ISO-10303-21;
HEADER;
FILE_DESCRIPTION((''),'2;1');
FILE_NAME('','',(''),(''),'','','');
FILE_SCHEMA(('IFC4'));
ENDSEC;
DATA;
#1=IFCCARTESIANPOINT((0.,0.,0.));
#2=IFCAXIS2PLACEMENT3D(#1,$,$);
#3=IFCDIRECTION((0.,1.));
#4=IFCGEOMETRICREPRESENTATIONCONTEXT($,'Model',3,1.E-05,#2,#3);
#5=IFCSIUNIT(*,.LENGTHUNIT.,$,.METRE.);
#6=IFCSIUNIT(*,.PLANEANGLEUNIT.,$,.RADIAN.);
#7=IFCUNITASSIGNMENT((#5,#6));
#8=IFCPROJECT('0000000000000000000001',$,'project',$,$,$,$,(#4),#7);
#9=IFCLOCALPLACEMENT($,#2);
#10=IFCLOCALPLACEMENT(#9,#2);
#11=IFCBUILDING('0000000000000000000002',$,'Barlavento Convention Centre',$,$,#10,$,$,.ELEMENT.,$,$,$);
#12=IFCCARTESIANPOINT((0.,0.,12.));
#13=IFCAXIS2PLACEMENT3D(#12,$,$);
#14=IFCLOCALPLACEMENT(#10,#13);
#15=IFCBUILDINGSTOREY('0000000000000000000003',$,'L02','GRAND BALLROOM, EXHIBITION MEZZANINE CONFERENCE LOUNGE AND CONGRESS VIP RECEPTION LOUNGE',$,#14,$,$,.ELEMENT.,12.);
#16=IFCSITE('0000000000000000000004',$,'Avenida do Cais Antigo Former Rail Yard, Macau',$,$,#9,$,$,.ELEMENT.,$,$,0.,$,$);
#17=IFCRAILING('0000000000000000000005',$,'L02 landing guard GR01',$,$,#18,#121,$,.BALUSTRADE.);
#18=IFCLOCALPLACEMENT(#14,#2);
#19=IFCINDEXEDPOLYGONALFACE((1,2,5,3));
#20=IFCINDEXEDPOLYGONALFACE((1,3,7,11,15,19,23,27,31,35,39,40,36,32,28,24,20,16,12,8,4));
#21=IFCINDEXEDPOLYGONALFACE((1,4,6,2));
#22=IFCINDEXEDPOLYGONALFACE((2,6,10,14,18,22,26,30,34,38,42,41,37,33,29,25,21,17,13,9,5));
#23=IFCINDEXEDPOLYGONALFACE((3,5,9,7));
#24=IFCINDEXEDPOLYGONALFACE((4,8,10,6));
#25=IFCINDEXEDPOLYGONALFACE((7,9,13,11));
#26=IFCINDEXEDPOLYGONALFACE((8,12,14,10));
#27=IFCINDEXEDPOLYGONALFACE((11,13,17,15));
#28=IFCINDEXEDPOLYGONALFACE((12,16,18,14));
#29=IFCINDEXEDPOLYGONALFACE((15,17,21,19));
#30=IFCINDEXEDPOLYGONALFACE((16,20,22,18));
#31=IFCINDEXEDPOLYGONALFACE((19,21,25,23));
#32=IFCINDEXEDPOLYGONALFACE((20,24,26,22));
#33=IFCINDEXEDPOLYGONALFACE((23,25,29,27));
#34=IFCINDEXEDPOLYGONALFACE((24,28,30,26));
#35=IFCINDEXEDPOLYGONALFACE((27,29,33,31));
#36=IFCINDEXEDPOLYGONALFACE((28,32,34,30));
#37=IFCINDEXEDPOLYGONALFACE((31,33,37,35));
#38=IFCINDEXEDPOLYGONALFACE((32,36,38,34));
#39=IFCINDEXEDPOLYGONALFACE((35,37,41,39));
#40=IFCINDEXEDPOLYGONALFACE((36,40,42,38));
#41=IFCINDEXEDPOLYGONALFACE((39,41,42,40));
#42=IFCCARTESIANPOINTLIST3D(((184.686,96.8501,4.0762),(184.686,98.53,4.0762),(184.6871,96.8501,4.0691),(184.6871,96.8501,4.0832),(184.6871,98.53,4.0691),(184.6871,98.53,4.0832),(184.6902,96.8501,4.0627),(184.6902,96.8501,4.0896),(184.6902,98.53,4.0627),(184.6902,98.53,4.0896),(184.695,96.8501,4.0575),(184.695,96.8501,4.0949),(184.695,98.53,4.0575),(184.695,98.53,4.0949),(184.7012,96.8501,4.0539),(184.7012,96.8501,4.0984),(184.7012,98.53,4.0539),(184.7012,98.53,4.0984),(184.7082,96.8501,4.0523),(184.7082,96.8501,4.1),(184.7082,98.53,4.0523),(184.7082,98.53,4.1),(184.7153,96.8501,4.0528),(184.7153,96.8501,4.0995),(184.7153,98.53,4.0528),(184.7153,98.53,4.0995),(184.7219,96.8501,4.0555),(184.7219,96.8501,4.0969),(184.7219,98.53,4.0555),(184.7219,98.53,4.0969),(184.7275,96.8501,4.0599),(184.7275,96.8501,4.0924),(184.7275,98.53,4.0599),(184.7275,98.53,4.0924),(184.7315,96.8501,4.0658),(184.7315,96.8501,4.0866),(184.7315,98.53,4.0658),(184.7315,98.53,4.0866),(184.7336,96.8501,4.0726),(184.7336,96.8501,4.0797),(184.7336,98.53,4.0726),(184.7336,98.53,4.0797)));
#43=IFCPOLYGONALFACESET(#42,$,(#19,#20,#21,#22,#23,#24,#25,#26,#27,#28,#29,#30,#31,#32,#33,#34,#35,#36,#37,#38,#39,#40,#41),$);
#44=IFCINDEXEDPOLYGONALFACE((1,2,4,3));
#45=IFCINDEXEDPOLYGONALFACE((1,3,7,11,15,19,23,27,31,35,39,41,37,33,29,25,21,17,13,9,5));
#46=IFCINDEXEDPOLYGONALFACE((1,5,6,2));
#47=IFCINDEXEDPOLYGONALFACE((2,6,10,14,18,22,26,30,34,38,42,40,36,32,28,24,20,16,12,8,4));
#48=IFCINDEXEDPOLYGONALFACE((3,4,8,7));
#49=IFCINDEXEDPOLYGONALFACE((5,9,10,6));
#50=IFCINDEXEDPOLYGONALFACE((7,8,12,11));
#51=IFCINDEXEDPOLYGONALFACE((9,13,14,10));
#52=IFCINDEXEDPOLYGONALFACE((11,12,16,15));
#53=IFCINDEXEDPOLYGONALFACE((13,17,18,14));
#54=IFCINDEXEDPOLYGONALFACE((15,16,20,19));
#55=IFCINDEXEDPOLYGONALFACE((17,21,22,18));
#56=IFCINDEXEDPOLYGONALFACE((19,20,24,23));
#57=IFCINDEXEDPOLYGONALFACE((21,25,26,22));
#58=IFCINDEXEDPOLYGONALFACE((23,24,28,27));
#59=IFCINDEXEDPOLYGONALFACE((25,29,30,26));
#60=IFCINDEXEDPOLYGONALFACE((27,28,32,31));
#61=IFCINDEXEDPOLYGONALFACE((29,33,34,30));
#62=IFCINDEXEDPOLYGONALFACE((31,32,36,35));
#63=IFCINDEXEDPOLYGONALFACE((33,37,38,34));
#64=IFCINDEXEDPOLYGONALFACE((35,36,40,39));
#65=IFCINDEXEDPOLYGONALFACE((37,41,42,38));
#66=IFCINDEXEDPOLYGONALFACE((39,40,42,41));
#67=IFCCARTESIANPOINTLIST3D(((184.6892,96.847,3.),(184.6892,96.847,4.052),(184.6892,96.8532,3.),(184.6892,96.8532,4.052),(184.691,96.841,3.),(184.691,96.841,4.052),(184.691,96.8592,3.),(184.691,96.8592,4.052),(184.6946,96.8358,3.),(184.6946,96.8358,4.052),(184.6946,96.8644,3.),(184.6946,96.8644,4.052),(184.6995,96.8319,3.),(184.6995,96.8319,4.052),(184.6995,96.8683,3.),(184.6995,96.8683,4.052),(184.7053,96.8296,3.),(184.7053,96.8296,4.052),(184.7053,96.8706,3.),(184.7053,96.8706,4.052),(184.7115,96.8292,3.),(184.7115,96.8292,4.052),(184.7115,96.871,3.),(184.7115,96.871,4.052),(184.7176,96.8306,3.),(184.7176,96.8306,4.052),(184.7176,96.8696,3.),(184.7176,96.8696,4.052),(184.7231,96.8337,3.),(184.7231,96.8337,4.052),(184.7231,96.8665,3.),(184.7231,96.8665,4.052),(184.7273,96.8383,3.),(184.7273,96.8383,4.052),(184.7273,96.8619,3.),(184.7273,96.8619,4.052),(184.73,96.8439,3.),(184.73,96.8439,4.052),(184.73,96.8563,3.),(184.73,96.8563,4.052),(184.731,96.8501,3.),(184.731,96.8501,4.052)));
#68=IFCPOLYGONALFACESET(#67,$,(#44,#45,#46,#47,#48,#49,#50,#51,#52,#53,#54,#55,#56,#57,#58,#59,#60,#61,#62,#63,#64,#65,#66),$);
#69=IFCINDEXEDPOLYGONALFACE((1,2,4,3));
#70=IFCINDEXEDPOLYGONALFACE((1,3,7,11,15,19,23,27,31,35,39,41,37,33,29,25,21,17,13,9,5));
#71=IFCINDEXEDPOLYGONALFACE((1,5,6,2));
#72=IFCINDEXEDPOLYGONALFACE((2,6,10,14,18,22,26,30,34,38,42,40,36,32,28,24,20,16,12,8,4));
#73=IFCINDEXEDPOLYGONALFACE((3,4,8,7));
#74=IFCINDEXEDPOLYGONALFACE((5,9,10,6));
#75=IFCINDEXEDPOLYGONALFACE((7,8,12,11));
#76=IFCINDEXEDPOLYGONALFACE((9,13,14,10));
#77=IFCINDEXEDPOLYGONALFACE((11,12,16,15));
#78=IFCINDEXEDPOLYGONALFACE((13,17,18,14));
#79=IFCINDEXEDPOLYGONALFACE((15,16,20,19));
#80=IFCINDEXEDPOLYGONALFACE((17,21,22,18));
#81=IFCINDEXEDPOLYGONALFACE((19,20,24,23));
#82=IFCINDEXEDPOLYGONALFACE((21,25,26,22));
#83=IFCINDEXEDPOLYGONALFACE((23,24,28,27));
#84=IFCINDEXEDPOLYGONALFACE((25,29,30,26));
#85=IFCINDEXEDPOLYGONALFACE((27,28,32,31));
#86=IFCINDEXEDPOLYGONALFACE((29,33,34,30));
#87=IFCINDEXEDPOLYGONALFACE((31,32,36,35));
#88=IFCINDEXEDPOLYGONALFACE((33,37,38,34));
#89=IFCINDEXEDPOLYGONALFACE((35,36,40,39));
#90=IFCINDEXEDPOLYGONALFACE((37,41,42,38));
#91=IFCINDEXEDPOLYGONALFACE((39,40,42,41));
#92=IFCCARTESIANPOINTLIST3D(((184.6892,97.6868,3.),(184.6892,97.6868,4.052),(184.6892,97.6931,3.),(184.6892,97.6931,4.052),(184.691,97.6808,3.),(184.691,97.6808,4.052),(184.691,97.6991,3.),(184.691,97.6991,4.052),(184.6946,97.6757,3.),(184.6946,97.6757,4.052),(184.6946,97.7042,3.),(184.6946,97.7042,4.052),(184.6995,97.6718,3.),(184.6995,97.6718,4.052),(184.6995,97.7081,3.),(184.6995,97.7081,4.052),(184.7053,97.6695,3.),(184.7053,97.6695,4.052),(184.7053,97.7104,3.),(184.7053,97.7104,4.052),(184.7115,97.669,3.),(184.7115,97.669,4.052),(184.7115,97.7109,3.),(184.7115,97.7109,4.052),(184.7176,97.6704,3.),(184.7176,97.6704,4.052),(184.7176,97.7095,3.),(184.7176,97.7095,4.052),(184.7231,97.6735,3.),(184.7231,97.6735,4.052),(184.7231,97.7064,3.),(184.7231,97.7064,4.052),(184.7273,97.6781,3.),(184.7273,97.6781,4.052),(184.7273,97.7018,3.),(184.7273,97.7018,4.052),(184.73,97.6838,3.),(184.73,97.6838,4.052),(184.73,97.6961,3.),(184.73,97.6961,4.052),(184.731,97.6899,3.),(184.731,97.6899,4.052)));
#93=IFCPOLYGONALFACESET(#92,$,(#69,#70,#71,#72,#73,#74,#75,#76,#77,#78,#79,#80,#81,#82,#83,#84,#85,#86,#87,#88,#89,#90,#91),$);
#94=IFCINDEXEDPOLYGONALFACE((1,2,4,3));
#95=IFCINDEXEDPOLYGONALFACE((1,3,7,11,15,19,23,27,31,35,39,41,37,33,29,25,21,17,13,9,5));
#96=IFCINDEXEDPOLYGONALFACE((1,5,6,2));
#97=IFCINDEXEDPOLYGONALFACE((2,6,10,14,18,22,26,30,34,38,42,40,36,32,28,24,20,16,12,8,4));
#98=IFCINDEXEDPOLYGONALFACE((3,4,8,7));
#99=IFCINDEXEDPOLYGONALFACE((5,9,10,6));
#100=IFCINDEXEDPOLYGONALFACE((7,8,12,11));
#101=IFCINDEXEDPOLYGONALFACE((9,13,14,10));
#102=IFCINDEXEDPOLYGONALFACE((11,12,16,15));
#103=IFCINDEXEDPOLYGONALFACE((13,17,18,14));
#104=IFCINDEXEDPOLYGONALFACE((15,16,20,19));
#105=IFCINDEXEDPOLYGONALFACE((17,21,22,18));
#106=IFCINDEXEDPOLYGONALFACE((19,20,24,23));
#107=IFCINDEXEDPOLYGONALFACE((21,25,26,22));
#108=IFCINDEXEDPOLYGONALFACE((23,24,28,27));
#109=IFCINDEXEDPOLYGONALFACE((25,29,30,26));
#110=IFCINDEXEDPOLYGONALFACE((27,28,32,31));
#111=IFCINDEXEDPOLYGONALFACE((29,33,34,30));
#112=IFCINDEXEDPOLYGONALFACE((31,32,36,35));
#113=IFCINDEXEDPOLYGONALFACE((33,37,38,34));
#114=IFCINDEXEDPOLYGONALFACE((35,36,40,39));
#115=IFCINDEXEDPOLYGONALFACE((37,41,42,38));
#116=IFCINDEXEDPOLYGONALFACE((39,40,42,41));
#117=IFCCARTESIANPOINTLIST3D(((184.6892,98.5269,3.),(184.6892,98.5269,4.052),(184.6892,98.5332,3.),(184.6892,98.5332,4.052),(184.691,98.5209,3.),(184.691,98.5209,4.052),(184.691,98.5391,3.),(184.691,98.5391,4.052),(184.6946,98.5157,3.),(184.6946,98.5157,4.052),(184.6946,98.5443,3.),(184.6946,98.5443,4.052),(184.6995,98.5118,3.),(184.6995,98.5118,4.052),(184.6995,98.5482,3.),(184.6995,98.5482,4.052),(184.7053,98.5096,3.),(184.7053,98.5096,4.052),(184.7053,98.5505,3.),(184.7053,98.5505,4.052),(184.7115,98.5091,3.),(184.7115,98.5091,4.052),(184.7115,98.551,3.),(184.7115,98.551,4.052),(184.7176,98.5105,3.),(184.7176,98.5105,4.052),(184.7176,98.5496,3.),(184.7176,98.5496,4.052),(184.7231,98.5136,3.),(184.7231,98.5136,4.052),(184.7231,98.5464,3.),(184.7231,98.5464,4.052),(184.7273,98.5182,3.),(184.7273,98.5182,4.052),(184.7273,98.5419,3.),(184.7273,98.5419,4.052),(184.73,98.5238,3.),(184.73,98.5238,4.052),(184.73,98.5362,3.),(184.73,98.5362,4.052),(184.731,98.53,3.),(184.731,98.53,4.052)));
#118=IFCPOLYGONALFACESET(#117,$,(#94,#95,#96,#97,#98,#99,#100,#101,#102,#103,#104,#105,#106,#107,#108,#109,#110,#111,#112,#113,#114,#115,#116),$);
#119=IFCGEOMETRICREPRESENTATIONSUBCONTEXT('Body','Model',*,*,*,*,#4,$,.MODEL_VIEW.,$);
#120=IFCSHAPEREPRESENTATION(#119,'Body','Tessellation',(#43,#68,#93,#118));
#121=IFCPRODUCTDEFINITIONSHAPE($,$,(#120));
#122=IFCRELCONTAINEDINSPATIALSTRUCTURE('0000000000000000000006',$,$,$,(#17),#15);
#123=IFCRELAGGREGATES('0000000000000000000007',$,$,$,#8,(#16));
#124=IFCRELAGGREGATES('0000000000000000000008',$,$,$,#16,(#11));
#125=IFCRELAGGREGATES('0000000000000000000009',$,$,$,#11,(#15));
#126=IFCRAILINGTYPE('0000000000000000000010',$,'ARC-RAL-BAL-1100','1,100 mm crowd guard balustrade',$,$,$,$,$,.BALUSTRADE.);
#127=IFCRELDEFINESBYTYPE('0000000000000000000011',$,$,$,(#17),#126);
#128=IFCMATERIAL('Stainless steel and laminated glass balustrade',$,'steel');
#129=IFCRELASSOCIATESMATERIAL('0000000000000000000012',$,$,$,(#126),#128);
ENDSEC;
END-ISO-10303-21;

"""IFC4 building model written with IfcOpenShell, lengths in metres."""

from ifc_helpers import new_model, si_unit, direction, frame, origin, origin_2d, place, context, subcontext, project, spatial, circle, extrude, material, type_object, element, save


model = new_model("IFC4")

# Units and contexts
model_context = context("Model", 3, precision=1e-05, world=origin(), true_north=direction((0.0, 1.0)))
body_context = subcontext(model_context, "Body", "Model", "MODEL_VIEW")
ifc_project = project(units=[si_unit("LENGTHUNIT", "METRE"), si_unit("PLANEANGLEUNIT", "RADIAN")], contexts=[model_context])

# Site, building, storey
site_placement = place(None, origin())
site = spatial("IfcSite", under=ifc_project, at=site_placement, Name="Avenida do Cais Antigo Former Rail Yard, Macau", CompositionType="ELEMENT", RefElevation=0.0)
building_placement = place(site_placement, origin())
building = spatial("IfcBuilding", under=site, at=building_placement, Name="Barlavento Convention Centre", CompositionType="ELEMENT")
storey_placement = place(building_placement, frame((0.0, 0.0, 12.0)))
storey = spatial("IfcBuildingStorey", under=building, at=storey_placement, Name="L02", Description="GRAND BALLROOM, EXHIBITION MEZZANINE CONFERENCE LOUNGE AND CONGRESS VIP RECEPTION LOUNGE", CompositionType="ELEMENT", Elevation=12.0)

# Railing
ifc_material_1 = material(Name="Stainless steel and laminated glass balustrade", Category="steel")
railing_type_1 = type_object("IfcRailingType", Name="ARC-RAL-BAL-1100", Description="1,100 mm crowd guard balustrade", PredefinedType="BALUSTRADE", material=ifc_material_1)
for number, where, name in (
    (1, (184.71, 96.8501, 3.0), "L02 landing guard GR01"),
):
    element("IfcRailing", number, at=place(storey_placement, frame(where)), inside=storey, type_object=railing_type_1, Name=name, PredefinedType="BALUSTRADE", context=body_context, shape_type="SweptSolid", body=[
        extrude(circle(Radius=0.0239, at=origin_2d()), frame((0.0, 0.0, 1.0762), z_axis=(0.0, 1.0, 0.0), x_axis=(-1.0, 0.0, 0.0)), (0.0, 0.0, 1.0), 1.6799),
        extrude(circle(Radius=0.021, at=origin_2d()), origin(), (0.0, 0.0, 1.0), 1.052),
        extrude(circle(Radius=0.021, at=origin_2d()), frame((0.0, 0.8398, 0.0)), (0.0, 0.0, 1.0), 1.052),
        extrude(circle(Radius=0.021, at=origin_2d()), frame((0.0, 1.6799, 0.0)), (0.0, 0.0, 1.0), 1.052),
    ])

save(model, "model.ifc")
